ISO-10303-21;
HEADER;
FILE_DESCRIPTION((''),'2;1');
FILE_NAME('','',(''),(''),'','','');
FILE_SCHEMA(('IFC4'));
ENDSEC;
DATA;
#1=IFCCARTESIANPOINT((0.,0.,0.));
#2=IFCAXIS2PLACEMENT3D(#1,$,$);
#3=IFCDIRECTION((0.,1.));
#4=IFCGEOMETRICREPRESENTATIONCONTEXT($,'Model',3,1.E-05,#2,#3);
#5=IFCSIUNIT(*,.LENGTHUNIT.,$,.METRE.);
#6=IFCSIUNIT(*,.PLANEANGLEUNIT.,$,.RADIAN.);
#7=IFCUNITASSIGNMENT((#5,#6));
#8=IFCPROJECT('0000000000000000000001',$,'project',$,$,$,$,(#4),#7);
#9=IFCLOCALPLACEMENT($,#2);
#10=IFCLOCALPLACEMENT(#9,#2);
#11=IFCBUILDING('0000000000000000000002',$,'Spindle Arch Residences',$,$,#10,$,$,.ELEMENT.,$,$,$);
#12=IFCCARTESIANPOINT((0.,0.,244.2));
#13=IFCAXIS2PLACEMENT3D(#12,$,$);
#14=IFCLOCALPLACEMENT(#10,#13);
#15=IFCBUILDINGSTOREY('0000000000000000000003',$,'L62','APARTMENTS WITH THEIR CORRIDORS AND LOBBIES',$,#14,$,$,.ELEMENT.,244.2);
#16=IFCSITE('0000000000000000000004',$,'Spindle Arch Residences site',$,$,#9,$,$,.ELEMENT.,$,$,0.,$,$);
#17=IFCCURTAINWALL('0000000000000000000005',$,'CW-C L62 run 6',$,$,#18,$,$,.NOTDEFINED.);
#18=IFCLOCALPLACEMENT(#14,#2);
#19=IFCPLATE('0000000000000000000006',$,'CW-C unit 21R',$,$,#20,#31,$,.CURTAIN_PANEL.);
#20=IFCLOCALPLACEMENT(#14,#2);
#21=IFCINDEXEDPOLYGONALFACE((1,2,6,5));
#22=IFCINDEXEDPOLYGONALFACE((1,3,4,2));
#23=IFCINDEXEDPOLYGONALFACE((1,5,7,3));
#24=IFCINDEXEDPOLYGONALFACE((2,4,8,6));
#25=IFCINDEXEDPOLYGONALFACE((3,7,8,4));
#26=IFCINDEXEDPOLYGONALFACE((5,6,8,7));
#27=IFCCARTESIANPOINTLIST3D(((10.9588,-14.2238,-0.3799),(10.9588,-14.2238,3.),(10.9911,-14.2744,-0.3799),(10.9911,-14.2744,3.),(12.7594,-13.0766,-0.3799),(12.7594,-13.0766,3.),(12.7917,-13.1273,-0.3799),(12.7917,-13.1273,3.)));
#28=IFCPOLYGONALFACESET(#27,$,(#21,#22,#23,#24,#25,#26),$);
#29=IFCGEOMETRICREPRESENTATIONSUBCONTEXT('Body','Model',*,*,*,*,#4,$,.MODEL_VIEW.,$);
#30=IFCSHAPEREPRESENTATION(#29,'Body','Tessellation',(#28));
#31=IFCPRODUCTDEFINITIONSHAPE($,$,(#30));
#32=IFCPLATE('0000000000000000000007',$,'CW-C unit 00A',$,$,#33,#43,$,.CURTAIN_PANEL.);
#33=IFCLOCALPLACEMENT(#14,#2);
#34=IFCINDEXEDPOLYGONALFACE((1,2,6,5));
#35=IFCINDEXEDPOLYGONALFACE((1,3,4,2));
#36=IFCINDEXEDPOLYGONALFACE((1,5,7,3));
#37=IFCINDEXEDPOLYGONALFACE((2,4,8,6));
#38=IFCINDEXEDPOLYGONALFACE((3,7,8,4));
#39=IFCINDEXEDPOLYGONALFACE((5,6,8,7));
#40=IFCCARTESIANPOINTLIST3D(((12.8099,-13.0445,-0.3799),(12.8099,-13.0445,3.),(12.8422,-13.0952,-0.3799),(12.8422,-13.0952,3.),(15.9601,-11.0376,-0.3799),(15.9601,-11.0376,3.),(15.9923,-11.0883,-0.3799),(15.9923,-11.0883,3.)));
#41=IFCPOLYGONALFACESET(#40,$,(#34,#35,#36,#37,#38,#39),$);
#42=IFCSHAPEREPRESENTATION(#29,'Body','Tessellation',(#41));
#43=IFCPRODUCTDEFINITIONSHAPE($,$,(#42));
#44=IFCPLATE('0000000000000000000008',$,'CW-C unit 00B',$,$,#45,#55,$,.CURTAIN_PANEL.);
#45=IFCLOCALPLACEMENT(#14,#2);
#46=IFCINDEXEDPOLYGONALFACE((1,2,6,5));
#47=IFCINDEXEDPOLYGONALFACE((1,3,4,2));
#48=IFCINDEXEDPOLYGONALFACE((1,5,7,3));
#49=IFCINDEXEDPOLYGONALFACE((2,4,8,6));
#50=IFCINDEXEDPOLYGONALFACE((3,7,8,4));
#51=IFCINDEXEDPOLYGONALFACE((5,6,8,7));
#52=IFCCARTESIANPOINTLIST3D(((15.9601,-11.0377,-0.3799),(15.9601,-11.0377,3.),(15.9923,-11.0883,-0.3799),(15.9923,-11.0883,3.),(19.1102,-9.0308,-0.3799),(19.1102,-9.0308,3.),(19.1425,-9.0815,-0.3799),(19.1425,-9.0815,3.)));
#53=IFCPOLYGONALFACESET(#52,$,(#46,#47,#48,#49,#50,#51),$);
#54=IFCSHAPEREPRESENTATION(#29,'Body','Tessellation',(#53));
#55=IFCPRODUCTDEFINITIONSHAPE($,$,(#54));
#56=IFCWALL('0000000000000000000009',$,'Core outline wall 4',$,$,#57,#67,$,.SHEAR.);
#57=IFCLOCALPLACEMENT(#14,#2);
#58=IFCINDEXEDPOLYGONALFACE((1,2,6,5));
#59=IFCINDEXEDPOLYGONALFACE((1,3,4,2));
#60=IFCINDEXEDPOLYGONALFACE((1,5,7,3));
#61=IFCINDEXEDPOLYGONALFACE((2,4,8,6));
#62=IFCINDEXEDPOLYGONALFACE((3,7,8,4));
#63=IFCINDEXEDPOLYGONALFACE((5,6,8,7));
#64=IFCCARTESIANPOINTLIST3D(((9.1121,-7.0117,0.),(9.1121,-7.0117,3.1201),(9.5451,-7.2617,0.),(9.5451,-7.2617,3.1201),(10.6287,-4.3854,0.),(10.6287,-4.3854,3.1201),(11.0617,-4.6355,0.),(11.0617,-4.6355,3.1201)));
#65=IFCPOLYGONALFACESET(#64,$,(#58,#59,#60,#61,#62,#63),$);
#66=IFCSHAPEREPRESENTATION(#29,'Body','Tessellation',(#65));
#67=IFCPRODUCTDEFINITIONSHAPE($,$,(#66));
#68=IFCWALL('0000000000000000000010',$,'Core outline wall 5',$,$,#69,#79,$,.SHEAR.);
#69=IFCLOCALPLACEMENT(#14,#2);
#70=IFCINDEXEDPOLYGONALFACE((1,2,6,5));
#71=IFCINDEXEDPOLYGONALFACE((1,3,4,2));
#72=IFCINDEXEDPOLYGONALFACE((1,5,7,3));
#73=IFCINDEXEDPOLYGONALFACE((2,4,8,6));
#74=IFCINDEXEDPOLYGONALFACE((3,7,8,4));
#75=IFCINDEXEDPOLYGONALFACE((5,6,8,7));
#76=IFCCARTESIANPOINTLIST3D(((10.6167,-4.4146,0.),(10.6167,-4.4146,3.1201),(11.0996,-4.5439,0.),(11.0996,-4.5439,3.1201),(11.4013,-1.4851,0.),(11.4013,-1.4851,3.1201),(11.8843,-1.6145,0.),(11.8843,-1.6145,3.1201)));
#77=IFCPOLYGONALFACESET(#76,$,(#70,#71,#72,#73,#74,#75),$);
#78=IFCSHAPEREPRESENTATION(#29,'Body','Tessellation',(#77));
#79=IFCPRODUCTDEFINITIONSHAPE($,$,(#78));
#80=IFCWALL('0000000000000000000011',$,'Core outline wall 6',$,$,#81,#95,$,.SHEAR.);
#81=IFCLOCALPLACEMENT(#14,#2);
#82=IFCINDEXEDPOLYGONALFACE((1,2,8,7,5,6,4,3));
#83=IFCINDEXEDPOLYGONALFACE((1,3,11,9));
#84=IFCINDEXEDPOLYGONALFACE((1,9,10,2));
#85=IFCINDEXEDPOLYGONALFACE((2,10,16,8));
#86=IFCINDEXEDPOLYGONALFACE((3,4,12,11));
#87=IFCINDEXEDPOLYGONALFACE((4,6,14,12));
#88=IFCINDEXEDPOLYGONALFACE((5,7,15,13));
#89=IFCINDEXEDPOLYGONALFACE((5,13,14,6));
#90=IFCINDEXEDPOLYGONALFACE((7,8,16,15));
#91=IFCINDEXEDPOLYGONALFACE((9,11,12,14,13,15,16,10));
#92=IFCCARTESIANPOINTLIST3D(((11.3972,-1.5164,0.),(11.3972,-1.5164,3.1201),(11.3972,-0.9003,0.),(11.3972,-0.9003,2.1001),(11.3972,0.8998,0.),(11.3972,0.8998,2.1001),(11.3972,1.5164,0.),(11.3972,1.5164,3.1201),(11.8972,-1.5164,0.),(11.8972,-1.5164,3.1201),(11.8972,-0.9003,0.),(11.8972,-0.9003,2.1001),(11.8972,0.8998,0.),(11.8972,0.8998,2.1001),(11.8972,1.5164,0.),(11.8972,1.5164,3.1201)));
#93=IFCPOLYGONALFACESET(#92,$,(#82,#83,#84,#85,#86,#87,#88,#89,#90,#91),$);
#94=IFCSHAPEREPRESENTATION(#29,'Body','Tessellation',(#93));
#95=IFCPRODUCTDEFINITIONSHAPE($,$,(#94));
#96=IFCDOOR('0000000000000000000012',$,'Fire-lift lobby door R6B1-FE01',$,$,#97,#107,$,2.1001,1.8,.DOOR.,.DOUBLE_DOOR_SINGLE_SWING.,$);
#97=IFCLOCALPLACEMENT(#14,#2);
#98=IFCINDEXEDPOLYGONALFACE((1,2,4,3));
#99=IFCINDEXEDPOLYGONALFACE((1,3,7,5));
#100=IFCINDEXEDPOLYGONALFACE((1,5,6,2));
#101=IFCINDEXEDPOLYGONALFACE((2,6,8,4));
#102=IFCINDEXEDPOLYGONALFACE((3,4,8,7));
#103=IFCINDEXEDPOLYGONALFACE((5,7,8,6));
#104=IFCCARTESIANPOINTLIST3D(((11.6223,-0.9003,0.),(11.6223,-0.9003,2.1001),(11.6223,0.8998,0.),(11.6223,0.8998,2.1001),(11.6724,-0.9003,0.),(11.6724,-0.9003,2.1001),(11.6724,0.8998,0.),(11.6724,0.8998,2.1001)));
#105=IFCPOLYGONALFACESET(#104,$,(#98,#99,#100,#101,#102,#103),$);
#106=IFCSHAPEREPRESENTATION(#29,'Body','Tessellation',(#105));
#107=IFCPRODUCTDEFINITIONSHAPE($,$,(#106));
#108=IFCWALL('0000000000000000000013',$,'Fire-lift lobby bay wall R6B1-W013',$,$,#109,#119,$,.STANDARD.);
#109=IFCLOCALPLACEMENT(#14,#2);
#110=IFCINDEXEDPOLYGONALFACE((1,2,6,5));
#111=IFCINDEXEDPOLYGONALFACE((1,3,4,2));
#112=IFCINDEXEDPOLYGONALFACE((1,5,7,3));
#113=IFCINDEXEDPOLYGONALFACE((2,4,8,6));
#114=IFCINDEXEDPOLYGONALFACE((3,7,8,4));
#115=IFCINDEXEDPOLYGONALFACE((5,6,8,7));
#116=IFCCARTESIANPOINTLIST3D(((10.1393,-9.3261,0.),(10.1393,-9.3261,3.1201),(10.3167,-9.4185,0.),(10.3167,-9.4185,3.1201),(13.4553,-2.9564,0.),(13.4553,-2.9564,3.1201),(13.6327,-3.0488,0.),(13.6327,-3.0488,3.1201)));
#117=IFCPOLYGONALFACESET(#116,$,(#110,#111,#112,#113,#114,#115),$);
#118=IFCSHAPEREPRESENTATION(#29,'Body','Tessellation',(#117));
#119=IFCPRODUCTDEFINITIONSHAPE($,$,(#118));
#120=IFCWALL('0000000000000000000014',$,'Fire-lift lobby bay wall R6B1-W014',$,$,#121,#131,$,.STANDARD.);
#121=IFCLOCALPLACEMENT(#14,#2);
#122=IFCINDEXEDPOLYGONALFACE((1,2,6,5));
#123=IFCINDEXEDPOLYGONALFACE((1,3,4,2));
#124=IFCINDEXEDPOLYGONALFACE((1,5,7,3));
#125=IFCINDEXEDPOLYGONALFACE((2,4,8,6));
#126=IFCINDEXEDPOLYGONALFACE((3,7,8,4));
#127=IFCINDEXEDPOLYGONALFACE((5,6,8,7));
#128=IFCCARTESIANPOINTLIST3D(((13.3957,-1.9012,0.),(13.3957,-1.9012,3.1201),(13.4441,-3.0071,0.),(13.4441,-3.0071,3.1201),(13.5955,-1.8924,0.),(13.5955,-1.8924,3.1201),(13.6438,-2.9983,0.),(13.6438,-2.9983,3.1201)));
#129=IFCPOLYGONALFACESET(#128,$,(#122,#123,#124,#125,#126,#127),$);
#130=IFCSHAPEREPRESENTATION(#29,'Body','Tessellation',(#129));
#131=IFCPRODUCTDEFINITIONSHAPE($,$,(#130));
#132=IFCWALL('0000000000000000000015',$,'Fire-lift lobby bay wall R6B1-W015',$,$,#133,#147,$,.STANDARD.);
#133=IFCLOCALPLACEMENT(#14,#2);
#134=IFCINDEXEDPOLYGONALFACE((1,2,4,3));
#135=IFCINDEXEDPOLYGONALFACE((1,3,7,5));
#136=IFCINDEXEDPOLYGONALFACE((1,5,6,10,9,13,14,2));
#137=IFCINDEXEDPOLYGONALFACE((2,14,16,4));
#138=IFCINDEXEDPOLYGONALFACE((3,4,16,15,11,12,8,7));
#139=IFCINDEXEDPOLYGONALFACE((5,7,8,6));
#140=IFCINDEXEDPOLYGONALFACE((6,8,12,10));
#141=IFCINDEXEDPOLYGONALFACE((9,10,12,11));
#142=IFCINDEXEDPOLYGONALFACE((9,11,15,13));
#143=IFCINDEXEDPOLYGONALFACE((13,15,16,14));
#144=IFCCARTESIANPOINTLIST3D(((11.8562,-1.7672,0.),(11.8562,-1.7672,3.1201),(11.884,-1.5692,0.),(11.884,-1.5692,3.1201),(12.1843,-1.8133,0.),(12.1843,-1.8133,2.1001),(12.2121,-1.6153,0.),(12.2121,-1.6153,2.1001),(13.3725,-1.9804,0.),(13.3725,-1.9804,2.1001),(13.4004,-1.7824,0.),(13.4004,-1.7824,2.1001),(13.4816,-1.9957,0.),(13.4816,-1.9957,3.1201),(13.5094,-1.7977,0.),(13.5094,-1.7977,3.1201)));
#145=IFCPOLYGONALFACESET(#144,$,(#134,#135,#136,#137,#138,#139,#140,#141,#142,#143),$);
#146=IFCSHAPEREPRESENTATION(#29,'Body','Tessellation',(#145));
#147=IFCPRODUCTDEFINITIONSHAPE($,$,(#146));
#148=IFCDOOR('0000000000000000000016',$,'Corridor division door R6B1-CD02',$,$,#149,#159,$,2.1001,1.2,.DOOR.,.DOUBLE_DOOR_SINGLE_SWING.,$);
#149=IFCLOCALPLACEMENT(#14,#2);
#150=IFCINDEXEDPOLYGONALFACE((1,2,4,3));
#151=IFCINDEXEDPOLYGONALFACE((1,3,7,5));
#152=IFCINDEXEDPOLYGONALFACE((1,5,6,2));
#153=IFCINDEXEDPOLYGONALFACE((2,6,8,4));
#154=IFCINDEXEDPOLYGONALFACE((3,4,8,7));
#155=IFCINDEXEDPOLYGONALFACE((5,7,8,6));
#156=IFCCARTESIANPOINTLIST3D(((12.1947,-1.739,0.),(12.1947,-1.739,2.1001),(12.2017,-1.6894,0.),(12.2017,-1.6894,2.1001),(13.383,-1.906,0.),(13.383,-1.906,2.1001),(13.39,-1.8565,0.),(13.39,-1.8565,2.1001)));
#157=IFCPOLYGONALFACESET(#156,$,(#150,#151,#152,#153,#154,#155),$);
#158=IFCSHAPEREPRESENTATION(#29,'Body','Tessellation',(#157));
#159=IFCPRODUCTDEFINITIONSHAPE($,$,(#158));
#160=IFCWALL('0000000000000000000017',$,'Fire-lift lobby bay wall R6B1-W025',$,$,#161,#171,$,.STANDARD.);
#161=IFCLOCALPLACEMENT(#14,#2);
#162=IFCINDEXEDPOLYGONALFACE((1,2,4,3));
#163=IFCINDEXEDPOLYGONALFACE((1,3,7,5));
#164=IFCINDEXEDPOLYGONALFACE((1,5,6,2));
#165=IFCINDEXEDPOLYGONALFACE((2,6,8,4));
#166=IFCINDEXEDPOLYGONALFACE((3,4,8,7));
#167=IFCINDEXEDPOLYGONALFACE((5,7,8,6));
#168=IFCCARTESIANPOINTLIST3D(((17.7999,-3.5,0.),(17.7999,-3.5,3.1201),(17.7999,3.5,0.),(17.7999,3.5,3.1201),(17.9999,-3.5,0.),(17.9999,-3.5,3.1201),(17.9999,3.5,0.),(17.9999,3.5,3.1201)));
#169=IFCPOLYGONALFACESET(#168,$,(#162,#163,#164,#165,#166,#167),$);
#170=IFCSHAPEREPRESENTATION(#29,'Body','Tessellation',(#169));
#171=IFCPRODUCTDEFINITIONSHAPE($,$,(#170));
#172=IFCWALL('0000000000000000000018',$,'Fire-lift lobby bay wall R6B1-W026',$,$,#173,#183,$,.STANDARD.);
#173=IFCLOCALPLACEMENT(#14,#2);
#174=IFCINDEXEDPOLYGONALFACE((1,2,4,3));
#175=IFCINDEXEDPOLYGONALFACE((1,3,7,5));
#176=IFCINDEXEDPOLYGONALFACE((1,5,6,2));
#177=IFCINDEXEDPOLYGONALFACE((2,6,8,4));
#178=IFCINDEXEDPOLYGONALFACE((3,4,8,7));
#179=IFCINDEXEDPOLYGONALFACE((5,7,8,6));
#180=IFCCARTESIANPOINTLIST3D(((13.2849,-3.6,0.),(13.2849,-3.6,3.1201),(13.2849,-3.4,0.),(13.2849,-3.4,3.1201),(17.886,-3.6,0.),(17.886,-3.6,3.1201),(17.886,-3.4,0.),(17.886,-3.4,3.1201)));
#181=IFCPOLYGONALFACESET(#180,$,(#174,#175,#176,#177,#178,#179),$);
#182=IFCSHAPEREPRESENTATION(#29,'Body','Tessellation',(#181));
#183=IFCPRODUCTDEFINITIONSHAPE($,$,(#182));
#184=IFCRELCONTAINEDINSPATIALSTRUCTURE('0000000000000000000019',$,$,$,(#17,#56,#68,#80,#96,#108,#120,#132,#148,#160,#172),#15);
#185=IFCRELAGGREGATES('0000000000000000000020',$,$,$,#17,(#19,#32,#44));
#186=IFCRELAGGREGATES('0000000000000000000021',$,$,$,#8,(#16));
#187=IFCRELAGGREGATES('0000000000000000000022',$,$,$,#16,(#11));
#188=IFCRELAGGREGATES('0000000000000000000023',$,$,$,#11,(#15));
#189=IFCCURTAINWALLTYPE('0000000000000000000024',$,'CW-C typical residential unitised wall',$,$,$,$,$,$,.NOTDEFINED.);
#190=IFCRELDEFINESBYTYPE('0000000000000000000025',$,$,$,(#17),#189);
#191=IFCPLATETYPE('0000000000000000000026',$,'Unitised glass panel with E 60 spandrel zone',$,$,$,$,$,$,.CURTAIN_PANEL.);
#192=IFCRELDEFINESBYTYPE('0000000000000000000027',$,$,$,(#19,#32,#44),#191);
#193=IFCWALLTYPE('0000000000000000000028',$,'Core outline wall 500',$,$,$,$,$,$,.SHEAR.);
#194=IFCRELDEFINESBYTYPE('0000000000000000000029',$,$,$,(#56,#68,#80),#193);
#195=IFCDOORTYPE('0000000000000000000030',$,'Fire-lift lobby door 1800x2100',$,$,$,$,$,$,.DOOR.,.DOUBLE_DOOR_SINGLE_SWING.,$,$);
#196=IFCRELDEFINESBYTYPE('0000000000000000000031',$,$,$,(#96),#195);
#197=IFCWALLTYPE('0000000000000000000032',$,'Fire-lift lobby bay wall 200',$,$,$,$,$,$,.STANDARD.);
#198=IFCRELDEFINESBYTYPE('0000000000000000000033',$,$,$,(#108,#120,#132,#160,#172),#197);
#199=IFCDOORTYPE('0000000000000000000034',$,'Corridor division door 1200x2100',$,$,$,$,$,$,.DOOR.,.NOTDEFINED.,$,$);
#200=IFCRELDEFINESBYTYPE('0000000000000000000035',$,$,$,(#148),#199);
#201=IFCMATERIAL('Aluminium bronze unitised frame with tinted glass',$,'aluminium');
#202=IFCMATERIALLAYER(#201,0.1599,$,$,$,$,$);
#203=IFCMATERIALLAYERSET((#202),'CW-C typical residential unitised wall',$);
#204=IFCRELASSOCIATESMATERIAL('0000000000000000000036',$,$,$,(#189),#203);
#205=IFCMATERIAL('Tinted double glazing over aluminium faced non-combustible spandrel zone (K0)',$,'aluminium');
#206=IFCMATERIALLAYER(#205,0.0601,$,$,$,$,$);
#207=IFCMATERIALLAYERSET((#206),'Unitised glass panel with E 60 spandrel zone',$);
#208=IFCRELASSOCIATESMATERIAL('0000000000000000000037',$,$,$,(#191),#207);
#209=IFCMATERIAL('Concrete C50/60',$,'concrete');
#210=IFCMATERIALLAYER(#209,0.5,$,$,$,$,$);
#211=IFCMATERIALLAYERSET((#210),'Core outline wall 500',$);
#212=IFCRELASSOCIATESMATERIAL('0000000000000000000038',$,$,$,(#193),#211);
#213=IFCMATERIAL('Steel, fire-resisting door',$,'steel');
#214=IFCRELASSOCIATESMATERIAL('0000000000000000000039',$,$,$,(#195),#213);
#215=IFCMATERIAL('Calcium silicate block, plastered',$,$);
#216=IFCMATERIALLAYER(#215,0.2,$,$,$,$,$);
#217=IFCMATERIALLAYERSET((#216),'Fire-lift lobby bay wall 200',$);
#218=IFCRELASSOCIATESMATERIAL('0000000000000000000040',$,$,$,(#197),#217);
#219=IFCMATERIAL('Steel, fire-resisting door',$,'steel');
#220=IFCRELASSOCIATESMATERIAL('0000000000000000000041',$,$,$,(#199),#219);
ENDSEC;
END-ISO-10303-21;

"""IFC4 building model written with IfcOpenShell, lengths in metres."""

from ifc_helpers import new_model, si_unit, direction, frame, frame_2d, origin, origin_2d, place, context, subcontext, project, spatial, rectangle, extrude, material, layer, layer_set, type_object, element, fill, aggregate, save


model = new_model("IFC4")

# Units and contexts
model_context = context("Model", 3, precision=1e-05, world=origin(), true_north=direction((0.0, 1.0)))
body_context = subcontext(model_context, "Body", "Model", "MODEL_VIEW")
ifc_project = project(units=[si_unit("LENGTHUNIT", "METRE"), si_unit("PLANEANGLEUNIT", "RADIAN")], contexts=[model_context])

# Site, building, storey
site_placement = place(None, origin())
site = spatial("IfcSite", under=ifc_project, at=site_placement, Name="Spindle Arch Residences site", CompositionType="ELEMENT", RefElevation=0.0)
building_placement = place(site_placement, origin())
building = spatial("IfcBuilding", under=site, at=building_placement, Name="Spindle Arch Residences", CompositionType="ELEMENT")
storey_placement = place(building_placement, frame((0.0, 0.0, 244.2)))
storey = spatial("IfcBuildingStorey", under=building, at=storey_placement, Name="L62", Description="APARTMENTS WITH THEIR CORRIDORS AND LOBBIES", CompositionType="ELEMENT", Elevation=244.2)

# Curtain wall
ifc_material_1 = material(Name="Aluminium bronze unitised frame with tinted glass", Category="aluminium")
ifc_layer_1 = layer(ifc_material_1, 0.1599)
ifc_layer_set_1 = layer_set([ifc_layer_1], Name="CW-C typical residential unitised wall")
curtain_wall_type_1 = type_object("IfcCurtainWallType", Name="CW-C typical residential unitised wall", PredefinedType="NOTDEFINED", material=ifc_layer_set_1)
curtain_wall_1_placement = place(storey_placement, origin())
curtain_wall_1 = element("IfcCurtainWall", 1, at=curtain_wall_1_placement, inside=storey, type_object=curtain_wall_type_1, Name="CW-C L62 run 6", PredefinedType="NOTDEFINED")

# Plates
ifc_material_2 = material(Name="Tinted double glazing over aluminium faced non-combustible spandrel zone (K0)", Category="aluminium")
ifc_layer_2 = layer(ifc_material_2, 0.0601)
ifc_layer_set_2 = layer_set([ifc_layer_2], Name="Unitised glass panel with E 60 spandrel zone")
plate_type = type_object("IfcPlateType", Name="Unitised glass panel with E 60 spandrel zone", PredefinedType="CURTAIN_PANEL", material=ifc_layer_set_2)
plate_1_placement = place(storey_placement, frame((11.8752, -13.6755, -0.3799), z_axis=(0.0, 0.0, 1.0), x_axis=(0.843391, 0.5373, 0.0)))
plate_1 = element("IfcPlate", 2, at=plate_1_placement, type_object=plate_type, Name="CW-C unit 21R", PredefinedType="CURTAIN_PANEL", context=body_context, shape_type="SweptSolid", body=[
    extrude(rectangle(XDim=2.135, YDim=0.0601, at=origin_2d()), origin(), (0.0, 0.0, 1.0), 3.3799),
])
plate_2_placement = place(storey_placement, frame((14.4011, -12.0664, -0.3799), z_axis=(0.0, 0.0, 1.0), x_axis=(0.843391, 0.5373, 0.0)))
plate_2 = element("IfcPlate", 3, at=plate_2_placement, type_object=plate_type, Name="CW-C unit 00A", PredefinedType="CURTAIN_PANEL", context=body_context, shape_type="SweptSolid", body=[
    extrude(rectangle(XDim=3.7351, YDim=0.0601, at=origin_2d()), origin(), (0.0, 0.0, 1.0), 3.3799),
])
plate_3_placement = place(storey_placement, frame((17.5513, -10.0596, -0.3799), z_axis=(0.0, 0.0, 1.0), x_axis=(0.843391, 0.5373, 0.0)))
plate_3 = element("IfcPlate", 4, at=plate_3_placement, type_object=plate_type, Name="CW-C unit 00B", PredefinedType="CURTAIN_PANEL", context=body_context, shape_type="SweptSolid", body=[
    extrude(rectangle(XDim=3.7351, YDim=0.0601, at=origin_2d()), origin(), (0.0, 0.0, 1.0), 3.3799),
])
aggregate(curtain_wall_1, [plate_1, plate_2, plate_3])

# Walls
ifc_material_3 = material(Name="Concrete C50/60", Category="concrete")
ifc_layer_3 = layer(ifc_material_3, 0.5)
ifc_layer_set_3 = layer_set([ifc_layer_3], Name="Core outline wall 500")
wall_type_1 = type_object("IfcWallType", Name="Core outline wall 500", PredefinedType="SHEAR", material=ifc_layer_set_3)
for number, where, z_axis, x_axis, name in (
    (5, (9.3286, -7.1367, 0.0), (0.0, 0.0, 1.0), (0.500087, 0.865975, 0.0), "Core outline wall 4"),
    (6, (10.8582, -4.4792, 0.0), (0.0, 0.0, 1.0), (0.258735, 0.965948, 0.0), "Core outline wall 5"),
):
    element("IfcWall", number, at=place(storey_placement, frame(where, z_axis=z_axis, x_axis=x_axis)), inside=storey, type_object=wall_type_1, Name=name, PredefinedType="SHEAR", context=body_context, shape_type="SweptSolid", body=[
        extrude(rectangle(XDim=3.0327, YDim=0.5, at=frame_2d((1.5164, 0.0))), origin(), (0.0, 0.0, 1.0), 3.1201),
    ])

# Wall, opening, door
wall_1_placement = place(storey_placement, frame((11.6472, -1.5164, 0.0), z_axis=(0.0, 0.0, 1.0), x_axis=(0.0, 1.0, 0.0)))
wall_1 = element("IfcWall", 7, at=wall_1_placement, inside=storey, type_object=wall_type_1, Name="Core outline wall 6", PredefinedType="SHEAR", context=body_context, shape_type="SweptSolid", body=[
    extrude(rectangle(XDim=3.0327, YDim=0.5, at=frame_2d((1.5164, 0.0))), origin(), (0.0, 0.0, 1.0), 3.1201),
])
opening_1_placement = place(wall_1_placement, frame((0.6162, 0.0, 0.0)))
opening_1 = element("IfcOpeningElement", 8, at=opening_1_placement, cuts=wall_1, PredefinedType="OPENING", context=body_context, shape_type="SweptSolid", body=[
    extrude(rectangle(XDim=1.8, YDim=2.1001, at=frame_2d((0.8999, 1.05))), frame((0.0, 0.26, 0.0), z_axis=(0.0, -1.0, 0.0), x_axis=(1.0, 0.0, 0.0)), (0.0, 0.0, 1.0), 0.52),
])
ifc_material_4 = material(Name="Steel, fire-resisting door", Category="steel")
door_type_1 = type_object("IfcDoorType", Name="Fire-lift lobby door 1800x2100", OperationType="DOUBLE_DOOR_SINGLE_SWING", PredefinedType="DOOR", material=ifc_material_4)
door_1_placement = place(opening_1_placement, origin())
door_1 = element("IfcDoor", 9, at=door_1_placement, inside=storey, type_object=door_type_1, Name="Fire-lift lobby door R6B1-FE01", OperationType="DOUBLE_DOOR_SINGLE_SWING", OverallHeight=2.1001, OverallWidth=1.8, PredefinedType="DOOR", context=body_context, shape_type="SweptSolid", body=[
    extrude(rectangle(XDim=1.8, YDim=2.1001, at=frame_2d((0.8999, 1.05))), frame((0.0, 0.0249, 0.0), z_axis=(0.0, -1.0, 0.0), x_axis=(1.0, 0.0, 0.0)), (0.0, 0.0, 1.0), 0.05),
])
fill(opening_1, door_1)

# Walls
ifc_material_5 = material(Name="Calcium silicate block, plastered")
ifc_layer_4 = layer(ifc_material_5, 0.2)
ifc_layer_set_4 = layer_set([ifc_layer_4], Name="Fire-lift lobby bay wall 200")
wall_type_2 = type_object("IfcWallType", Name="Fire-lift lobby bay wall 200", PredefinedType="STANDARD", material=ifc_layer_set_4)
wall_2_placement = place(storey_placement, frame((10.228, -9.3723, 0.0), z_axis=(0.0, 0.0, 1.0), x_axis=(0.461759, 0.887005, 0.0)))
element("IfcWall", 10, at=wall_2_placement, inside=storey, type_object=wall_type_2, Name="Fire-lift lobby bay wall R6B1-W013", PredefinedType="STANDARD", context=body_context, shape_type="SweptSolid", body=[
    extrude(rectangle(XDim=7.1812, YDim=0.2, at=frame_2d((3.5906, 0.0))), origin(), (0.0, 0.0, 1.0), 3.1201),
])
wall_3_placement = place(storey_placement, frame((13.5439, -3.0027, 0.0), z_axis=(0.0, 0.0, 1.0), x_axis=(-0.043667, 0.999046, 0.0)))
element("IfcWall", 11, at=wall_3_placement, inside=storey, type_object=wall_type_2, Name="Fire-lift lobby bay wall R6B1-W014", PredefinedType="STANDARD", context=body_context, shape_type="SweptSolid", body=[
    extrude(rectangle(XDim=1.1069, YDim=0.2, at=frame_2d((0.5535, 0.0))), origin(), (0.0, 0.0, 1.0), 3.1201),
])

# Wall, opening, door
wall_4_placement = place(storey_placement, frame((13.4956, -1.8967, 0.0), z_axis=(0.0, 0.0, 1.0), x_axis=(-0.990262, 0.139214, 0.0)))
wall_4 = element("IfcWall", 12, at=wall_4_placement, inside=storey, type_object=wall_type_2, Name="Fire-lift lobby bay wall R6B1-W015", PredefinedType="STANDARD", context=body_context, shape_type="SweptSolid", body=[
    extrude(rectangle(XDim=1.6414, YDim=0.2, at=frame_2d((0.8208, 0.0))), origin(), (0.0, 0.0, 1.0), 3.1201),
])
opening_2_placement = place(wall_4_placement, frame((0.1101, 0.0, 0.0)))
opening_2 = element("IfcOpeningElement", 13, at=opening_2_placement, cuts=wall_4, PredefinedType="OPENING", context=body_context, shape_type="SweptSolid", body=[
    extrude(rectangle(XDim=1.2, YDim=2.1001, at=frame_2d((0.6001, 1.05))), frame((0.0, 0.1099, 0.0), z_axis=(0.0, -1.0, 0.0), x_axis=(1.0, 0.0, 0.0)), (0.0, 0.0, 1.0), 0.22),
])
ifc_material_6 = material(Name="Steel, fire-resisting door", Category="steel")
door_type_2 = type_object("IfcDoorType", Name="Corridor division door 1200x2100", OperationType="NOTDEFINED", PredefinedType="DOOR", material=ifc_material_6)
door_2_placement = place(opening_2_placement, origin())
door_2 = element("IfcDoor", 14, at=door_2_placement, inside=storey, type_object=door_type_2, Name="Corridor division door R6B1-CD02", OperationType="DOUBLE_DOOR_SINGLE_SWING", OverallHeight=2.1001, OverallWidth=1.2, PredefinedType="DOOR", context=body_context, shape_type="SweptSolid", body=[
    extrude(rectangle(XDim=1.2, YDim=2.1001, at=frame_2d((0.6001, 1.05))), frame((0.0, 0.0249, 0.0), z_axis=(0.0, -1.0, 0.0), x_axis=(1.0, 0.0, 0.0)), (0.0, 0.0, 1.0), 0.05),
])
fill(opening_2, door_2)

# Walls
wall_5_placement = place(storey_placement, frame((17.8999, -3.5, 0.0), z_axis=(0.0, 0.0, 1.0), x_axis=(0.0, 1.0, 0.0)))
element("IfcWall", 15, at=wall_5_placement, inside=storey, type_object=wall_type_2, Name="Fire-lift lobby bay wall R6B1-W025", PredefinedType="STANDARD", context=body_context, shape_type="SweptSolid", body=[
    extrude(rectangle(XDim=7.0, YDim=0.2, at=frame_2d((3.5, 0.0))), origin(), (0.0, 0.0, 1.0), 3.1201),
])
wall_6_placement = place(storey_placement, frame((13.2849, -3.5, 0.0), z_axis=(0.0, 0.0, 1.0), x_axis=(1.0, 0.0, 0.0)))
element("IfcWall", 16, at=wall_6_placement, inside=storey, type_object=wall_type_2, Name="Fire-lift lobby bay wall R6B1-W026", PredefinedType="STANDARD", context=body_context, shape_type="SweptSolid", body=[
    extrude(rectangle(XDim=4.6011, YDim=0.2, at=frame_2d((2.3005, 0.0))), origin(), (0.0, 0.0, 1.0), 3.1201),
])

save(model, "model.ifc")
